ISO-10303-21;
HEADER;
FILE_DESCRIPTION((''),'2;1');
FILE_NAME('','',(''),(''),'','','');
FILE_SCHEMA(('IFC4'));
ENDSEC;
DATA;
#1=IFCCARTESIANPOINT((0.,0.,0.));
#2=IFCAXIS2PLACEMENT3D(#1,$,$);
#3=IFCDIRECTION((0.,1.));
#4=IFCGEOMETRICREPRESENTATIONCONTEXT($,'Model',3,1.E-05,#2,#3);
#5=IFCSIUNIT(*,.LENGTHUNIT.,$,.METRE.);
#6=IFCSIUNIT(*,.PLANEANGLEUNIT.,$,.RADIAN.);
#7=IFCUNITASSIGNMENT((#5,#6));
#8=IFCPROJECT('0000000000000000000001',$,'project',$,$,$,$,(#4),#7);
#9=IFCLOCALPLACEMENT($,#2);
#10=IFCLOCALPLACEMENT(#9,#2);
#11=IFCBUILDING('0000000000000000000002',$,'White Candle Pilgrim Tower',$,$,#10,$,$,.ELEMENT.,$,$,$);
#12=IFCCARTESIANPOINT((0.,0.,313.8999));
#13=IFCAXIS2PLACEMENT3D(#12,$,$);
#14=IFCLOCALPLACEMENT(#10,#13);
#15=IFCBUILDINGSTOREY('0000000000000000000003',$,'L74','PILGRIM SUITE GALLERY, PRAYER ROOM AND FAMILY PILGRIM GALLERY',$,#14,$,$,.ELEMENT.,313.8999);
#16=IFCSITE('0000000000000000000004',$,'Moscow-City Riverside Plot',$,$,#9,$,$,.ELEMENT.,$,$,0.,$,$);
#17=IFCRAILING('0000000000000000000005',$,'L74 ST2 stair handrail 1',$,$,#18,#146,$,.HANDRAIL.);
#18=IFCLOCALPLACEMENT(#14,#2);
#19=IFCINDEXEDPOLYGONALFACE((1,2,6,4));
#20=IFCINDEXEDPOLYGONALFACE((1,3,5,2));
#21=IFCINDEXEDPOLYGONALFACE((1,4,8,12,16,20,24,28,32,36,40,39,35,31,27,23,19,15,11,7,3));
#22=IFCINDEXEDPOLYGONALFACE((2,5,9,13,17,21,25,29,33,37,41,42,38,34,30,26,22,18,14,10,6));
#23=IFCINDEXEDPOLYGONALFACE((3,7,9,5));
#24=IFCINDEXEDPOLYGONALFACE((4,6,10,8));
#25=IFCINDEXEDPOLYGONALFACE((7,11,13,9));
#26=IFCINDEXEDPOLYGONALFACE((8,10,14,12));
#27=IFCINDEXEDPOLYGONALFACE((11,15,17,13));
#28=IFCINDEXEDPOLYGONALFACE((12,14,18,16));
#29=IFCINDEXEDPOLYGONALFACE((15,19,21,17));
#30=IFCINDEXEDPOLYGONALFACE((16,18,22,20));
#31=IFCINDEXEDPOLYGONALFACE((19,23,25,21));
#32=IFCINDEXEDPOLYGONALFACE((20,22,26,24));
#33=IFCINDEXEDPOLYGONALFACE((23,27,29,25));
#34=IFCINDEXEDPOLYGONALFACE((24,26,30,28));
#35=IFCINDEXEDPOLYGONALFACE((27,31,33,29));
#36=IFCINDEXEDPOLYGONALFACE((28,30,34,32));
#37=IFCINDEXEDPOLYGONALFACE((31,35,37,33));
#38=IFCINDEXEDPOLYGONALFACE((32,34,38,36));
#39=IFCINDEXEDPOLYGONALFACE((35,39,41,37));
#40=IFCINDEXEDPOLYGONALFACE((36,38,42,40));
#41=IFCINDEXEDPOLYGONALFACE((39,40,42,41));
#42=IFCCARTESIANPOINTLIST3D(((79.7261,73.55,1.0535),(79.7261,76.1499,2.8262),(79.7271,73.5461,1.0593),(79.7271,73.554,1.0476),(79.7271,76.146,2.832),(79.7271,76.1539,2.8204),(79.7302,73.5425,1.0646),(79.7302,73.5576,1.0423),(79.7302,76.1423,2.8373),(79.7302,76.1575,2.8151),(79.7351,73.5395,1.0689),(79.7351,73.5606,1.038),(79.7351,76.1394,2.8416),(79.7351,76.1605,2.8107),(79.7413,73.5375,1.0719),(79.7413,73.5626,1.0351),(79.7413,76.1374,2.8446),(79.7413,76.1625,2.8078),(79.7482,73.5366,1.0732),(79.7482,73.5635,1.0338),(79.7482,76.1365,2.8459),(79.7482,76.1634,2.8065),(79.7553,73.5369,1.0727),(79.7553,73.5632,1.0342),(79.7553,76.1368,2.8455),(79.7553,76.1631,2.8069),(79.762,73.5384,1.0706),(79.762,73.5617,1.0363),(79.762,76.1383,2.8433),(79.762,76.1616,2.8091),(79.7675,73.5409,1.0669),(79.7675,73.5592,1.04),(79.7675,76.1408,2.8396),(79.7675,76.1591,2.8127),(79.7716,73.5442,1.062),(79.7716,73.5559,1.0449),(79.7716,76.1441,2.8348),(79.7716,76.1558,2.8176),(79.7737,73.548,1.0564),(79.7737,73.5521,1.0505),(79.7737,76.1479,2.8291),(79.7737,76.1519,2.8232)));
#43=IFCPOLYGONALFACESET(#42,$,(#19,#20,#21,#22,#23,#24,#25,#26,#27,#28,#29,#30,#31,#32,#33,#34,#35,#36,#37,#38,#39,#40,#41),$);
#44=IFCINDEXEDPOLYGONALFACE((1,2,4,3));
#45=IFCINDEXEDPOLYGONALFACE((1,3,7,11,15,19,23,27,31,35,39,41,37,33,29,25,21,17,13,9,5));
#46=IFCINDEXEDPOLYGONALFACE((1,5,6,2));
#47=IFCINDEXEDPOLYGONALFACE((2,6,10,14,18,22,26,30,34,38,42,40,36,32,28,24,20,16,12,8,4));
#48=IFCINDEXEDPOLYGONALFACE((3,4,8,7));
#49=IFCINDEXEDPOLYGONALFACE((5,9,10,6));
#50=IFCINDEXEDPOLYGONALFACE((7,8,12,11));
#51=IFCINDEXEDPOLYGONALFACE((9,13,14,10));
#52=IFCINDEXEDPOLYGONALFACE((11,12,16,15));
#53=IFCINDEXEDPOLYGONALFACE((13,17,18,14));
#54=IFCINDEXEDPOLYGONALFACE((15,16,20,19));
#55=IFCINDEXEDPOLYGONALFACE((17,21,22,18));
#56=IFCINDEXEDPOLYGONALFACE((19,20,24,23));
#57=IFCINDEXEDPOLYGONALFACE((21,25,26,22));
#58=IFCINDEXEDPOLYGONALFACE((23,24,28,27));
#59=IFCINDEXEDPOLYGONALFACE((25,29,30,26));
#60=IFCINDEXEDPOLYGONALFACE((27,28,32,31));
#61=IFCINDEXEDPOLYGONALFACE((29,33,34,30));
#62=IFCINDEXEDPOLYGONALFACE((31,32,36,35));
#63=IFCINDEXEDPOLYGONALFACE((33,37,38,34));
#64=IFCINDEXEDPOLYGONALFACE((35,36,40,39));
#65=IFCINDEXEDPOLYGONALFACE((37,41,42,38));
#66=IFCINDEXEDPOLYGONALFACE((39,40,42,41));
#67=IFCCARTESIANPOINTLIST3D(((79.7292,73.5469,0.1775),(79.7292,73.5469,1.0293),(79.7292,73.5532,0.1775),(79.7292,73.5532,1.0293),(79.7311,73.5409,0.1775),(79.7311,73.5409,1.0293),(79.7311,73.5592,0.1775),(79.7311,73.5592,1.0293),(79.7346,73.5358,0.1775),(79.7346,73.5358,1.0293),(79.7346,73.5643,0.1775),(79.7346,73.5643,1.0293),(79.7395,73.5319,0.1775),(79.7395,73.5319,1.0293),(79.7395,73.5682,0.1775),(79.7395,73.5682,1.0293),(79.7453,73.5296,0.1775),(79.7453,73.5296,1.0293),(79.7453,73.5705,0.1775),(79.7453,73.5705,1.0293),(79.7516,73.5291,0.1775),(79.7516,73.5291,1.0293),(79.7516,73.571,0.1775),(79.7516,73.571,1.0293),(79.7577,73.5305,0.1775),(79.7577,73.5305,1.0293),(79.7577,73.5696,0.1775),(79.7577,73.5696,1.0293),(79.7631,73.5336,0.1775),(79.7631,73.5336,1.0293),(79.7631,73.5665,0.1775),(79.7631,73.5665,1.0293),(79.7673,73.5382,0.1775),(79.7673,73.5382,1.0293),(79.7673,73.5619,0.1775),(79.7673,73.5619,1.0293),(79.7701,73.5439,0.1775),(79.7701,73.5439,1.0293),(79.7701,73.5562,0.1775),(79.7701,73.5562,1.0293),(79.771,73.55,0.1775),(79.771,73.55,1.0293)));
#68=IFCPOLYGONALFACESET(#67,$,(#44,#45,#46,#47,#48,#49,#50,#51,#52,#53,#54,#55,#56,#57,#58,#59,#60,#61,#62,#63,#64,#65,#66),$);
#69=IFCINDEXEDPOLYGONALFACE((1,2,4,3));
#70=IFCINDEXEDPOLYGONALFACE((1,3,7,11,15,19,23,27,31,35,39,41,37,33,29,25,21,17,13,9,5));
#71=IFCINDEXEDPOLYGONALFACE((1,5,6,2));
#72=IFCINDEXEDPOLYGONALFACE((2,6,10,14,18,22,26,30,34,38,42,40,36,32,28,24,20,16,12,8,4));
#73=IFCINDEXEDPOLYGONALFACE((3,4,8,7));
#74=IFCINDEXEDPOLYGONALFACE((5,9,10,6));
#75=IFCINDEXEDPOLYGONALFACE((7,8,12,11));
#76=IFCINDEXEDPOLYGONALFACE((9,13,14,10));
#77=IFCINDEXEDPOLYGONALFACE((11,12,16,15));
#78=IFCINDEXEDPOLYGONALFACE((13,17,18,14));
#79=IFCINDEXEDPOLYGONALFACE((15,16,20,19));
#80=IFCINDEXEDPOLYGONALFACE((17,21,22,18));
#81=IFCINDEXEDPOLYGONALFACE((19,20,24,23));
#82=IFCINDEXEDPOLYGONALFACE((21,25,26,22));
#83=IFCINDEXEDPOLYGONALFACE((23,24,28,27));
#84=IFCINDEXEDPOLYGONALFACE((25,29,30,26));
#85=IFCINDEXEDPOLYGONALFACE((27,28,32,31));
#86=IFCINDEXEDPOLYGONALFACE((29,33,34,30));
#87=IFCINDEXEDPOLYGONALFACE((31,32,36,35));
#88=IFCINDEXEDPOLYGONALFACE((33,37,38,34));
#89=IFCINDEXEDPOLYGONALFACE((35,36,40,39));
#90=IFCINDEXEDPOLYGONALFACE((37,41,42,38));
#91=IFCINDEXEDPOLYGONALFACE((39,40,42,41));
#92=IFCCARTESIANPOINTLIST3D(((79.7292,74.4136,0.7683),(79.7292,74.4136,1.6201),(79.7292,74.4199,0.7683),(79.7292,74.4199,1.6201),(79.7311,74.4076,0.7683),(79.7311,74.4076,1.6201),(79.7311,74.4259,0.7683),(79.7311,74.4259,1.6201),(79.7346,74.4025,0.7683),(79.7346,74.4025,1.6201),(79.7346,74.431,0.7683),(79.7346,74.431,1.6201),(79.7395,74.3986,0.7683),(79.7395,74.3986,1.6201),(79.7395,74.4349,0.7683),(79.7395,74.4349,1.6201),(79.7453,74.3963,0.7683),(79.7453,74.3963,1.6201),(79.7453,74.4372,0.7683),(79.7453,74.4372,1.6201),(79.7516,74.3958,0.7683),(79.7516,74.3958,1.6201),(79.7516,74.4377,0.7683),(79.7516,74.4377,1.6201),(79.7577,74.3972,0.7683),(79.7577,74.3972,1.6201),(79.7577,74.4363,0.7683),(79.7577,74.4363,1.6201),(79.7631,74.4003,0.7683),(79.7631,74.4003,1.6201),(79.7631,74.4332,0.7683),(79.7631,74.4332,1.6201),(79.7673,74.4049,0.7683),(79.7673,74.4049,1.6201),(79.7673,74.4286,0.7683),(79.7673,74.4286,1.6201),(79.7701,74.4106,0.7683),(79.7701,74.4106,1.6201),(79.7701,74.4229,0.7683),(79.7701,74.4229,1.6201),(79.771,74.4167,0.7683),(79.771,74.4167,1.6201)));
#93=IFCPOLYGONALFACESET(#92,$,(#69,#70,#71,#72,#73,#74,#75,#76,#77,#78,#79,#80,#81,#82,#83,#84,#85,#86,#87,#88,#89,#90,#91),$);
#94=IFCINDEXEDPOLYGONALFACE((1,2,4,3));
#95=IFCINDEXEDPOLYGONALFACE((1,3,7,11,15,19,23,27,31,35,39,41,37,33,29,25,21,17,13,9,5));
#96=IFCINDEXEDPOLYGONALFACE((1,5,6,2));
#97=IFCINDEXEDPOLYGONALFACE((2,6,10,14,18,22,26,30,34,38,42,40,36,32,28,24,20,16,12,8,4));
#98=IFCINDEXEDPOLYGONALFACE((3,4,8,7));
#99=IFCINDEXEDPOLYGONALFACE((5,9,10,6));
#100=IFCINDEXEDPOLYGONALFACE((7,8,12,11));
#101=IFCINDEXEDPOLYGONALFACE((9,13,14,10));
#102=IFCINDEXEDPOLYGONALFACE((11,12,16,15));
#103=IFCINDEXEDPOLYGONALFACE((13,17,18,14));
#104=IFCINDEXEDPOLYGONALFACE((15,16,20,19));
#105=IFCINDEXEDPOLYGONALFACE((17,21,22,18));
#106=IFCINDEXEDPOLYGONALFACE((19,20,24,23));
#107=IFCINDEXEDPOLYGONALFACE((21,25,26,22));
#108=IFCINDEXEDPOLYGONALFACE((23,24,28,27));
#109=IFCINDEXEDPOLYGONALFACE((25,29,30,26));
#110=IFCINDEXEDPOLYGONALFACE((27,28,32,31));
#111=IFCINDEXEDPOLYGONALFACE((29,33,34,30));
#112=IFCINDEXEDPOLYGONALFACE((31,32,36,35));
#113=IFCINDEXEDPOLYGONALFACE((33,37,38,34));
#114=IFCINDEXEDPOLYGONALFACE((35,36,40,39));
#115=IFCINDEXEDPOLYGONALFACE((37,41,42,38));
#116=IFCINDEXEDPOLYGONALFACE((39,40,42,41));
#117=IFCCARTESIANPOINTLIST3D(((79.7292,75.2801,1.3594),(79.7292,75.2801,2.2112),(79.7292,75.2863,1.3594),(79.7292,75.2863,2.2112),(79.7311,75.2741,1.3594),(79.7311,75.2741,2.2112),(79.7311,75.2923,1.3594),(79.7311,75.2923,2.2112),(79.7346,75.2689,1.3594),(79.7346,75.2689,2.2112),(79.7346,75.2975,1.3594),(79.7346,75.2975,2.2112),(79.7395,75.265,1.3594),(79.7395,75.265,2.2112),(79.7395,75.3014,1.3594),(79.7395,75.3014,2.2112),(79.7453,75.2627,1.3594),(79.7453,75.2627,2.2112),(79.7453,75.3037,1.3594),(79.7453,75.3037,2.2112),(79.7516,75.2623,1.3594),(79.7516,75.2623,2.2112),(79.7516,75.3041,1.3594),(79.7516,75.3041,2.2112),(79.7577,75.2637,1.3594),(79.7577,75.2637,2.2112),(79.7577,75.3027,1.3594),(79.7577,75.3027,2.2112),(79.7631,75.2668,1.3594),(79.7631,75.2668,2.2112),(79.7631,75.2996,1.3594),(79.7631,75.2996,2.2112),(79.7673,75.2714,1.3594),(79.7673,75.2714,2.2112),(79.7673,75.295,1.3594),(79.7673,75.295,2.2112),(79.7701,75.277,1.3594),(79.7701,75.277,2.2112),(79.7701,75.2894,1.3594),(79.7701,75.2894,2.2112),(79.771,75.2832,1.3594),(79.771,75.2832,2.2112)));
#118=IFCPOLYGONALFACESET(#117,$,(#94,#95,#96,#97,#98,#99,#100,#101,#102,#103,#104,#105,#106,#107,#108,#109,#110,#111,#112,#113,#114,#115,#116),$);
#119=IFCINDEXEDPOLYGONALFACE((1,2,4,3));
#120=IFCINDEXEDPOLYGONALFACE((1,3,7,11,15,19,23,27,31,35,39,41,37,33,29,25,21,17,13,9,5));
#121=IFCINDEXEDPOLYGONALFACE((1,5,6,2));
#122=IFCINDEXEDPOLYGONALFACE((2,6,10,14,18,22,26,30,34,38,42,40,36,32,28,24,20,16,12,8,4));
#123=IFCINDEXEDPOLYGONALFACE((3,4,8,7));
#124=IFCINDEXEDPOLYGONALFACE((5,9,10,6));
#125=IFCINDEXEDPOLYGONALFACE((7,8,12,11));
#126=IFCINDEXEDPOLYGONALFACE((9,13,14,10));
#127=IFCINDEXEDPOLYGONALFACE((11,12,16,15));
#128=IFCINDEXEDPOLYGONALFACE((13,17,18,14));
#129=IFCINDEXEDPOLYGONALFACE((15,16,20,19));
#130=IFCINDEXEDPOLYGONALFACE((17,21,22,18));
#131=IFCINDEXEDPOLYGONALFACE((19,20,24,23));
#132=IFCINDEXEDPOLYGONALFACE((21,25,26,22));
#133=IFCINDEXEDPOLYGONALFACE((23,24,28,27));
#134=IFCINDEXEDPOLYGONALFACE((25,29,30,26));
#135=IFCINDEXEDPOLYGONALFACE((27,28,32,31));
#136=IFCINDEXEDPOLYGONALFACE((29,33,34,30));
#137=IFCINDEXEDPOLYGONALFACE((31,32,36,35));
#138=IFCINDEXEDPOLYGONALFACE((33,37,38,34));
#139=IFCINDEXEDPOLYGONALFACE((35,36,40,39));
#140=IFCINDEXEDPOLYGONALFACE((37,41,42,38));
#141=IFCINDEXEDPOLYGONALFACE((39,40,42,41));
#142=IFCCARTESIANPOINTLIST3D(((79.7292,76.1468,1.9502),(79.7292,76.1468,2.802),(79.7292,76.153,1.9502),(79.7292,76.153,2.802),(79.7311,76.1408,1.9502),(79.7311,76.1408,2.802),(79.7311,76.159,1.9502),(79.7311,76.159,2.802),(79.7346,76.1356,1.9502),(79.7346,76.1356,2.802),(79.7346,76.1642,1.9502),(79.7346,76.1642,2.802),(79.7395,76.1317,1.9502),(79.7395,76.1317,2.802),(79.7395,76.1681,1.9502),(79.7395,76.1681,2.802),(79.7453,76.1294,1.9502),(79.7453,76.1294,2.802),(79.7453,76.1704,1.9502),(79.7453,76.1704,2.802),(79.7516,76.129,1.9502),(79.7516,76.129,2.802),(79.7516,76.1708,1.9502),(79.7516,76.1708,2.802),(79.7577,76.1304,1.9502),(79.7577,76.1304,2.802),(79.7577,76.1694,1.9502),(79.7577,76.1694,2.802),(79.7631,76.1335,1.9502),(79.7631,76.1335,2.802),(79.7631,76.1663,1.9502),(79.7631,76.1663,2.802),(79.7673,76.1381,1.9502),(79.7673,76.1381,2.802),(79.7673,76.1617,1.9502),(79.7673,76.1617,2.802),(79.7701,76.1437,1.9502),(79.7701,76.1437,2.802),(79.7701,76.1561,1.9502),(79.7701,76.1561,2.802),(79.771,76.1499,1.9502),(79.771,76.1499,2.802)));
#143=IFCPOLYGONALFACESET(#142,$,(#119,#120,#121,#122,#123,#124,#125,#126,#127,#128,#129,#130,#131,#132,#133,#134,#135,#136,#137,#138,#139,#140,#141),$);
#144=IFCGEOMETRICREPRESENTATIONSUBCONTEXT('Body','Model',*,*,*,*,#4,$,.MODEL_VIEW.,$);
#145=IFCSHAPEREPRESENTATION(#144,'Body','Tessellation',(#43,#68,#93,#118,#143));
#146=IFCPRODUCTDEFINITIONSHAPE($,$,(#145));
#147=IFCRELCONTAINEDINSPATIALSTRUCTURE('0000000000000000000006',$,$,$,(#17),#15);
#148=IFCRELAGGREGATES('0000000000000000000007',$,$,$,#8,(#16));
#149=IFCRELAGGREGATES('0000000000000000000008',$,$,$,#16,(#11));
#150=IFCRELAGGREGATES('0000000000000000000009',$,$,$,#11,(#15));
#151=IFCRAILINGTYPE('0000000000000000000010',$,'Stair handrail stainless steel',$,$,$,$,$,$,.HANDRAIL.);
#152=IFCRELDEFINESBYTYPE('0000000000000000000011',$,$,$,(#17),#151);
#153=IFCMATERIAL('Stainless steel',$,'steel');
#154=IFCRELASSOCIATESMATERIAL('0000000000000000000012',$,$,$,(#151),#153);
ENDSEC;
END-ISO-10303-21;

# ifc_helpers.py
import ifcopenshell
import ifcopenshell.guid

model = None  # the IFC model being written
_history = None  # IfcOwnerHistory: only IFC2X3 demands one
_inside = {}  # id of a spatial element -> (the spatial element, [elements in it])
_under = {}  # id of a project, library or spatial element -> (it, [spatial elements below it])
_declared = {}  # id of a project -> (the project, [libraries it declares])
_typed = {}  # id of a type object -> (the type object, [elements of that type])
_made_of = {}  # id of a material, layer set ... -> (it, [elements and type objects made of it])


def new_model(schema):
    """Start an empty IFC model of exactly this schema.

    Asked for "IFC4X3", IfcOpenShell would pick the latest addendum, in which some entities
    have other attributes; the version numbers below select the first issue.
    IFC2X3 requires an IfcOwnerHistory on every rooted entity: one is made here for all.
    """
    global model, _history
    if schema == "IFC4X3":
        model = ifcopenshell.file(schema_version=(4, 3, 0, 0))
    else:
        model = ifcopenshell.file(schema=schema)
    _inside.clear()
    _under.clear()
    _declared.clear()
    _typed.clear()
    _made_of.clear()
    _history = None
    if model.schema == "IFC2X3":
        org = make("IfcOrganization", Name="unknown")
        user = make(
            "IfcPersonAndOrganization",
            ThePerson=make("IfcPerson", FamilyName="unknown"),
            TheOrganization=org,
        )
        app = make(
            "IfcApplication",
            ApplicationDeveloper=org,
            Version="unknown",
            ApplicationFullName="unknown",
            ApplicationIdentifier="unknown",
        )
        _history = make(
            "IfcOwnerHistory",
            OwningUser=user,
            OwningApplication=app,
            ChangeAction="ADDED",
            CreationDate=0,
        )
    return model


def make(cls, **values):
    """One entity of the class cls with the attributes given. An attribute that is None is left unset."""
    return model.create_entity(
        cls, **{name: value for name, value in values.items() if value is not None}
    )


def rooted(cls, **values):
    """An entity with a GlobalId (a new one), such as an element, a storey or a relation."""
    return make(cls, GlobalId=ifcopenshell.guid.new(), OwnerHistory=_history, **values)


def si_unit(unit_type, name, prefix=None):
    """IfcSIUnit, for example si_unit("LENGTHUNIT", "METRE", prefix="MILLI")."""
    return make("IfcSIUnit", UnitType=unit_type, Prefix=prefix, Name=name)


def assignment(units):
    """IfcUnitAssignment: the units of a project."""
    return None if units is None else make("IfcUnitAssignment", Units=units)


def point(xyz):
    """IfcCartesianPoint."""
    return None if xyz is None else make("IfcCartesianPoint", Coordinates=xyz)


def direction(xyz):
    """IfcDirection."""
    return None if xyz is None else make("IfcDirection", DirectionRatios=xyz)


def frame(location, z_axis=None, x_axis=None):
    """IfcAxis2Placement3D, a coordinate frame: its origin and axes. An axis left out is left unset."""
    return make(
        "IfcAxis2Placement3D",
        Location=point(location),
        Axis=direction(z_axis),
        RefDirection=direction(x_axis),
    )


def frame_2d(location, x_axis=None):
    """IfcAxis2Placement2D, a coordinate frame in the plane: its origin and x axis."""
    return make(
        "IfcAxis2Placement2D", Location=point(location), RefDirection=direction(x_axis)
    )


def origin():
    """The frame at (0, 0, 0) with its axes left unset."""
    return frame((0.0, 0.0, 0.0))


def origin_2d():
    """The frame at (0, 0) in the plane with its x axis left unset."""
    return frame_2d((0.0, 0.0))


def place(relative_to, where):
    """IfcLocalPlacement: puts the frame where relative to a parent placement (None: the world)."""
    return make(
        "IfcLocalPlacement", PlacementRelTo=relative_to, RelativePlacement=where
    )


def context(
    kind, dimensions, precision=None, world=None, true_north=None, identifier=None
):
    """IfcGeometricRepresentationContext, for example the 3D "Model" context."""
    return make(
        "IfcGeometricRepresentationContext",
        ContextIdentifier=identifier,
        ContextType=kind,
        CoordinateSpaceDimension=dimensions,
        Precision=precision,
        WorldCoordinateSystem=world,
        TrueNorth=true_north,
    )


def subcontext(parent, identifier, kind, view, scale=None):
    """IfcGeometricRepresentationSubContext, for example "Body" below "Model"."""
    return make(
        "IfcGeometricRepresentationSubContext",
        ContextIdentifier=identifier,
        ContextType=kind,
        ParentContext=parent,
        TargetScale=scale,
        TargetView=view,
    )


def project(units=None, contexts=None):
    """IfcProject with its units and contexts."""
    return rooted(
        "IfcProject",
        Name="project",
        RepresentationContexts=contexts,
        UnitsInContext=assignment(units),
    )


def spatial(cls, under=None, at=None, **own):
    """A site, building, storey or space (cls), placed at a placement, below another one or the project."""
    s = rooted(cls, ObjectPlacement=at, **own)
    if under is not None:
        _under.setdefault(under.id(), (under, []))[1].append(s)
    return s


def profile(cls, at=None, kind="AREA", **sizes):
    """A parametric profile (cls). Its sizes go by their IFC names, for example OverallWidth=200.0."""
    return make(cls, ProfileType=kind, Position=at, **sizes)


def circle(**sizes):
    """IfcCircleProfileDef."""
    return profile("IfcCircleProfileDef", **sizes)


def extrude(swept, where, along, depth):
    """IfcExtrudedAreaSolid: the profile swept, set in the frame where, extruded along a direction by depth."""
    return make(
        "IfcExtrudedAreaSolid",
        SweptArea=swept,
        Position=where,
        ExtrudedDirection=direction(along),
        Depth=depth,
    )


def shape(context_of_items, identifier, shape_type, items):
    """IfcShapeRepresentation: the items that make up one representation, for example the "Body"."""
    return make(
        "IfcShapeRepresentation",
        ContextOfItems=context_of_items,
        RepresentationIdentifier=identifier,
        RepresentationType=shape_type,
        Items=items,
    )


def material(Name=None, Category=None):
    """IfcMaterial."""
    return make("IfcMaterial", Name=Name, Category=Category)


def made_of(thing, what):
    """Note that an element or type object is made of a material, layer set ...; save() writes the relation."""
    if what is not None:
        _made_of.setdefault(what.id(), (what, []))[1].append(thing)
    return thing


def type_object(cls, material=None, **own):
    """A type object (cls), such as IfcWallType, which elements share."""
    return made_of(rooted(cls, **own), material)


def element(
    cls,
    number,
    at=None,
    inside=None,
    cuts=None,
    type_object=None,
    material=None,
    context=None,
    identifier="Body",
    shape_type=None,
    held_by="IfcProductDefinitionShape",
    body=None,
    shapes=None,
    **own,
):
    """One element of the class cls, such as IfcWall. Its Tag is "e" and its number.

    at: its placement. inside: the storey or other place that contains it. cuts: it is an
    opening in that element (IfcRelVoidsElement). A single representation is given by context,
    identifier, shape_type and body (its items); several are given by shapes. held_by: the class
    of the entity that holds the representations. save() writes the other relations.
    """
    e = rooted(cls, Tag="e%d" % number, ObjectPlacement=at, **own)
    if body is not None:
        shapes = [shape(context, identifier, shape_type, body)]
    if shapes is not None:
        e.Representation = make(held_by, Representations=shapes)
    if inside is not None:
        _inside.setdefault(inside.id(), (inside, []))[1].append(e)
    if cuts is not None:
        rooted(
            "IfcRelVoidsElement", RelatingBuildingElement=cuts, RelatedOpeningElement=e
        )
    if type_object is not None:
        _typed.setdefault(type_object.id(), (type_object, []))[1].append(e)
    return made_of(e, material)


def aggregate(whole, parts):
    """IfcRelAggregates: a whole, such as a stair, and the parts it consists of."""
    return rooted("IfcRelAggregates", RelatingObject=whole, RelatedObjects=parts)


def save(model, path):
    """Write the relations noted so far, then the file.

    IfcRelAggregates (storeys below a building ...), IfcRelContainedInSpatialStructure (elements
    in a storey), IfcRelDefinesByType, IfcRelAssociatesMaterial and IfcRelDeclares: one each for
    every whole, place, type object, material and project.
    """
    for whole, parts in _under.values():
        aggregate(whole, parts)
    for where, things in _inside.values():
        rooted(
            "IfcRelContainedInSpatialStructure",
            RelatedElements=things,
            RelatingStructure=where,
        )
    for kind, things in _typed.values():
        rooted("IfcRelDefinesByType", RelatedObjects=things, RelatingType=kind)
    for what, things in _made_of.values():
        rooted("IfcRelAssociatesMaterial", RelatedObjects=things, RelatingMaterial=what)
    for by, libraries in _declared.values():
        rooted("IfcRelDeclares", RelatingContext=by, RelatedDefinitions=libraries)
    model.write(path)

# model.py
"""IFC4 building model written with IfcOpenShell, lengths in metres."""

from ifc_helpers import new_model, si_unit, direction, frame, origin, origin_2d, place, context, subcontext, project, spatial, circle, extrude, material, type_object, element, save


model = new_model("IFC4")

# Units and contexts
model_context = context("Model", 3, precision=1e-05, world=origin(), true_north=direction((0.0, 1.0)))
body_context = subcontext(model_context, "Body", "Model", "MODEL_VIEW")
ifc_project = project(units=[si_unit("LENGTHUNIT", "METRE"), si_unit("PLANEANGLEUNIT", "RADIAN")], contexts=[model_context])

# Site, building, storey
site_placement = place(None, origin())
site = spatial("IfcSite", under=ifc_project, at=site_placement, Name="Moscow-City Riverside Plot", CompositionType="ELEMENT", RefElevation=0.0)
building_placement = place(site_placement, origin())
building = spatial("IfcBuilding", under=site, at=building_placement, Name="White Candle Pilgrim Tower", CompositionType="ELEMENT")
storey_placement = place(building_placement, frame((0.0, 0.0, 313.8999)))
storey = spatial("IfcBuildingStorey", under=building, at=storey_placement, Name="L74", Description="PILGRIM SUITE GALLERY, PRAYER ROOM AND FAMILY PILGRIM GALLERY", CompositionType="ELEMENT", Elevation=313.8999)

# Railing
ifc_material_1 = material(Name="Stainless steel", Category="steel")
railing_type_1 = type_object("IfcRailingType", Name="Stair handrail stainless steel", PredefinedType="HANDRAIL", material=ifc_material_1)
railing_1_placement = place(storey_placement, frame((79.75, 73.55, 0.1775)))
element("IfcRailing", 1, at=railing_1_placement, inside=storey, type_object=railing_type_1, Name="L74 ST2 stair handrail 1", PredefinedType="HANDRAIL", context=body_context, shape_type="SweptSolid", body=[
    extrude(circle(Radius=0.0239, at=origin_2d()), frame((0.0, 0.0, 0.876), z_axis=(0.0, 0.826216, 0.563354), x_axis=(-1.0, 0.0, 0.0)), (0.0, 0.0, 1.0), 3.1467),
    extrude(circle(Radius=0.021, at=origin_2d()), origin(), (0.0, 0.0, 1.0), 0.8518),
    extrude(circle(Radius=0.021, at=origin_2d()), frame((0.0, 0.8667, 0.5908)), (0.0, 0.0, 1.0), 0.8518),
    extrude(circle(Radius=0.021, at=origin_2d()), frame((0.0, 1.7332, 1.1819)), (0.0, 0.0, 1.0), 0.8518),
    extrude(circle(Radius=0.021, at=origin_2d()), frame((0.0, 2.5999, 1.7727)), (0.0, 0.0, 1.0), 0.8518),
])

save(model, "model.ifc")
